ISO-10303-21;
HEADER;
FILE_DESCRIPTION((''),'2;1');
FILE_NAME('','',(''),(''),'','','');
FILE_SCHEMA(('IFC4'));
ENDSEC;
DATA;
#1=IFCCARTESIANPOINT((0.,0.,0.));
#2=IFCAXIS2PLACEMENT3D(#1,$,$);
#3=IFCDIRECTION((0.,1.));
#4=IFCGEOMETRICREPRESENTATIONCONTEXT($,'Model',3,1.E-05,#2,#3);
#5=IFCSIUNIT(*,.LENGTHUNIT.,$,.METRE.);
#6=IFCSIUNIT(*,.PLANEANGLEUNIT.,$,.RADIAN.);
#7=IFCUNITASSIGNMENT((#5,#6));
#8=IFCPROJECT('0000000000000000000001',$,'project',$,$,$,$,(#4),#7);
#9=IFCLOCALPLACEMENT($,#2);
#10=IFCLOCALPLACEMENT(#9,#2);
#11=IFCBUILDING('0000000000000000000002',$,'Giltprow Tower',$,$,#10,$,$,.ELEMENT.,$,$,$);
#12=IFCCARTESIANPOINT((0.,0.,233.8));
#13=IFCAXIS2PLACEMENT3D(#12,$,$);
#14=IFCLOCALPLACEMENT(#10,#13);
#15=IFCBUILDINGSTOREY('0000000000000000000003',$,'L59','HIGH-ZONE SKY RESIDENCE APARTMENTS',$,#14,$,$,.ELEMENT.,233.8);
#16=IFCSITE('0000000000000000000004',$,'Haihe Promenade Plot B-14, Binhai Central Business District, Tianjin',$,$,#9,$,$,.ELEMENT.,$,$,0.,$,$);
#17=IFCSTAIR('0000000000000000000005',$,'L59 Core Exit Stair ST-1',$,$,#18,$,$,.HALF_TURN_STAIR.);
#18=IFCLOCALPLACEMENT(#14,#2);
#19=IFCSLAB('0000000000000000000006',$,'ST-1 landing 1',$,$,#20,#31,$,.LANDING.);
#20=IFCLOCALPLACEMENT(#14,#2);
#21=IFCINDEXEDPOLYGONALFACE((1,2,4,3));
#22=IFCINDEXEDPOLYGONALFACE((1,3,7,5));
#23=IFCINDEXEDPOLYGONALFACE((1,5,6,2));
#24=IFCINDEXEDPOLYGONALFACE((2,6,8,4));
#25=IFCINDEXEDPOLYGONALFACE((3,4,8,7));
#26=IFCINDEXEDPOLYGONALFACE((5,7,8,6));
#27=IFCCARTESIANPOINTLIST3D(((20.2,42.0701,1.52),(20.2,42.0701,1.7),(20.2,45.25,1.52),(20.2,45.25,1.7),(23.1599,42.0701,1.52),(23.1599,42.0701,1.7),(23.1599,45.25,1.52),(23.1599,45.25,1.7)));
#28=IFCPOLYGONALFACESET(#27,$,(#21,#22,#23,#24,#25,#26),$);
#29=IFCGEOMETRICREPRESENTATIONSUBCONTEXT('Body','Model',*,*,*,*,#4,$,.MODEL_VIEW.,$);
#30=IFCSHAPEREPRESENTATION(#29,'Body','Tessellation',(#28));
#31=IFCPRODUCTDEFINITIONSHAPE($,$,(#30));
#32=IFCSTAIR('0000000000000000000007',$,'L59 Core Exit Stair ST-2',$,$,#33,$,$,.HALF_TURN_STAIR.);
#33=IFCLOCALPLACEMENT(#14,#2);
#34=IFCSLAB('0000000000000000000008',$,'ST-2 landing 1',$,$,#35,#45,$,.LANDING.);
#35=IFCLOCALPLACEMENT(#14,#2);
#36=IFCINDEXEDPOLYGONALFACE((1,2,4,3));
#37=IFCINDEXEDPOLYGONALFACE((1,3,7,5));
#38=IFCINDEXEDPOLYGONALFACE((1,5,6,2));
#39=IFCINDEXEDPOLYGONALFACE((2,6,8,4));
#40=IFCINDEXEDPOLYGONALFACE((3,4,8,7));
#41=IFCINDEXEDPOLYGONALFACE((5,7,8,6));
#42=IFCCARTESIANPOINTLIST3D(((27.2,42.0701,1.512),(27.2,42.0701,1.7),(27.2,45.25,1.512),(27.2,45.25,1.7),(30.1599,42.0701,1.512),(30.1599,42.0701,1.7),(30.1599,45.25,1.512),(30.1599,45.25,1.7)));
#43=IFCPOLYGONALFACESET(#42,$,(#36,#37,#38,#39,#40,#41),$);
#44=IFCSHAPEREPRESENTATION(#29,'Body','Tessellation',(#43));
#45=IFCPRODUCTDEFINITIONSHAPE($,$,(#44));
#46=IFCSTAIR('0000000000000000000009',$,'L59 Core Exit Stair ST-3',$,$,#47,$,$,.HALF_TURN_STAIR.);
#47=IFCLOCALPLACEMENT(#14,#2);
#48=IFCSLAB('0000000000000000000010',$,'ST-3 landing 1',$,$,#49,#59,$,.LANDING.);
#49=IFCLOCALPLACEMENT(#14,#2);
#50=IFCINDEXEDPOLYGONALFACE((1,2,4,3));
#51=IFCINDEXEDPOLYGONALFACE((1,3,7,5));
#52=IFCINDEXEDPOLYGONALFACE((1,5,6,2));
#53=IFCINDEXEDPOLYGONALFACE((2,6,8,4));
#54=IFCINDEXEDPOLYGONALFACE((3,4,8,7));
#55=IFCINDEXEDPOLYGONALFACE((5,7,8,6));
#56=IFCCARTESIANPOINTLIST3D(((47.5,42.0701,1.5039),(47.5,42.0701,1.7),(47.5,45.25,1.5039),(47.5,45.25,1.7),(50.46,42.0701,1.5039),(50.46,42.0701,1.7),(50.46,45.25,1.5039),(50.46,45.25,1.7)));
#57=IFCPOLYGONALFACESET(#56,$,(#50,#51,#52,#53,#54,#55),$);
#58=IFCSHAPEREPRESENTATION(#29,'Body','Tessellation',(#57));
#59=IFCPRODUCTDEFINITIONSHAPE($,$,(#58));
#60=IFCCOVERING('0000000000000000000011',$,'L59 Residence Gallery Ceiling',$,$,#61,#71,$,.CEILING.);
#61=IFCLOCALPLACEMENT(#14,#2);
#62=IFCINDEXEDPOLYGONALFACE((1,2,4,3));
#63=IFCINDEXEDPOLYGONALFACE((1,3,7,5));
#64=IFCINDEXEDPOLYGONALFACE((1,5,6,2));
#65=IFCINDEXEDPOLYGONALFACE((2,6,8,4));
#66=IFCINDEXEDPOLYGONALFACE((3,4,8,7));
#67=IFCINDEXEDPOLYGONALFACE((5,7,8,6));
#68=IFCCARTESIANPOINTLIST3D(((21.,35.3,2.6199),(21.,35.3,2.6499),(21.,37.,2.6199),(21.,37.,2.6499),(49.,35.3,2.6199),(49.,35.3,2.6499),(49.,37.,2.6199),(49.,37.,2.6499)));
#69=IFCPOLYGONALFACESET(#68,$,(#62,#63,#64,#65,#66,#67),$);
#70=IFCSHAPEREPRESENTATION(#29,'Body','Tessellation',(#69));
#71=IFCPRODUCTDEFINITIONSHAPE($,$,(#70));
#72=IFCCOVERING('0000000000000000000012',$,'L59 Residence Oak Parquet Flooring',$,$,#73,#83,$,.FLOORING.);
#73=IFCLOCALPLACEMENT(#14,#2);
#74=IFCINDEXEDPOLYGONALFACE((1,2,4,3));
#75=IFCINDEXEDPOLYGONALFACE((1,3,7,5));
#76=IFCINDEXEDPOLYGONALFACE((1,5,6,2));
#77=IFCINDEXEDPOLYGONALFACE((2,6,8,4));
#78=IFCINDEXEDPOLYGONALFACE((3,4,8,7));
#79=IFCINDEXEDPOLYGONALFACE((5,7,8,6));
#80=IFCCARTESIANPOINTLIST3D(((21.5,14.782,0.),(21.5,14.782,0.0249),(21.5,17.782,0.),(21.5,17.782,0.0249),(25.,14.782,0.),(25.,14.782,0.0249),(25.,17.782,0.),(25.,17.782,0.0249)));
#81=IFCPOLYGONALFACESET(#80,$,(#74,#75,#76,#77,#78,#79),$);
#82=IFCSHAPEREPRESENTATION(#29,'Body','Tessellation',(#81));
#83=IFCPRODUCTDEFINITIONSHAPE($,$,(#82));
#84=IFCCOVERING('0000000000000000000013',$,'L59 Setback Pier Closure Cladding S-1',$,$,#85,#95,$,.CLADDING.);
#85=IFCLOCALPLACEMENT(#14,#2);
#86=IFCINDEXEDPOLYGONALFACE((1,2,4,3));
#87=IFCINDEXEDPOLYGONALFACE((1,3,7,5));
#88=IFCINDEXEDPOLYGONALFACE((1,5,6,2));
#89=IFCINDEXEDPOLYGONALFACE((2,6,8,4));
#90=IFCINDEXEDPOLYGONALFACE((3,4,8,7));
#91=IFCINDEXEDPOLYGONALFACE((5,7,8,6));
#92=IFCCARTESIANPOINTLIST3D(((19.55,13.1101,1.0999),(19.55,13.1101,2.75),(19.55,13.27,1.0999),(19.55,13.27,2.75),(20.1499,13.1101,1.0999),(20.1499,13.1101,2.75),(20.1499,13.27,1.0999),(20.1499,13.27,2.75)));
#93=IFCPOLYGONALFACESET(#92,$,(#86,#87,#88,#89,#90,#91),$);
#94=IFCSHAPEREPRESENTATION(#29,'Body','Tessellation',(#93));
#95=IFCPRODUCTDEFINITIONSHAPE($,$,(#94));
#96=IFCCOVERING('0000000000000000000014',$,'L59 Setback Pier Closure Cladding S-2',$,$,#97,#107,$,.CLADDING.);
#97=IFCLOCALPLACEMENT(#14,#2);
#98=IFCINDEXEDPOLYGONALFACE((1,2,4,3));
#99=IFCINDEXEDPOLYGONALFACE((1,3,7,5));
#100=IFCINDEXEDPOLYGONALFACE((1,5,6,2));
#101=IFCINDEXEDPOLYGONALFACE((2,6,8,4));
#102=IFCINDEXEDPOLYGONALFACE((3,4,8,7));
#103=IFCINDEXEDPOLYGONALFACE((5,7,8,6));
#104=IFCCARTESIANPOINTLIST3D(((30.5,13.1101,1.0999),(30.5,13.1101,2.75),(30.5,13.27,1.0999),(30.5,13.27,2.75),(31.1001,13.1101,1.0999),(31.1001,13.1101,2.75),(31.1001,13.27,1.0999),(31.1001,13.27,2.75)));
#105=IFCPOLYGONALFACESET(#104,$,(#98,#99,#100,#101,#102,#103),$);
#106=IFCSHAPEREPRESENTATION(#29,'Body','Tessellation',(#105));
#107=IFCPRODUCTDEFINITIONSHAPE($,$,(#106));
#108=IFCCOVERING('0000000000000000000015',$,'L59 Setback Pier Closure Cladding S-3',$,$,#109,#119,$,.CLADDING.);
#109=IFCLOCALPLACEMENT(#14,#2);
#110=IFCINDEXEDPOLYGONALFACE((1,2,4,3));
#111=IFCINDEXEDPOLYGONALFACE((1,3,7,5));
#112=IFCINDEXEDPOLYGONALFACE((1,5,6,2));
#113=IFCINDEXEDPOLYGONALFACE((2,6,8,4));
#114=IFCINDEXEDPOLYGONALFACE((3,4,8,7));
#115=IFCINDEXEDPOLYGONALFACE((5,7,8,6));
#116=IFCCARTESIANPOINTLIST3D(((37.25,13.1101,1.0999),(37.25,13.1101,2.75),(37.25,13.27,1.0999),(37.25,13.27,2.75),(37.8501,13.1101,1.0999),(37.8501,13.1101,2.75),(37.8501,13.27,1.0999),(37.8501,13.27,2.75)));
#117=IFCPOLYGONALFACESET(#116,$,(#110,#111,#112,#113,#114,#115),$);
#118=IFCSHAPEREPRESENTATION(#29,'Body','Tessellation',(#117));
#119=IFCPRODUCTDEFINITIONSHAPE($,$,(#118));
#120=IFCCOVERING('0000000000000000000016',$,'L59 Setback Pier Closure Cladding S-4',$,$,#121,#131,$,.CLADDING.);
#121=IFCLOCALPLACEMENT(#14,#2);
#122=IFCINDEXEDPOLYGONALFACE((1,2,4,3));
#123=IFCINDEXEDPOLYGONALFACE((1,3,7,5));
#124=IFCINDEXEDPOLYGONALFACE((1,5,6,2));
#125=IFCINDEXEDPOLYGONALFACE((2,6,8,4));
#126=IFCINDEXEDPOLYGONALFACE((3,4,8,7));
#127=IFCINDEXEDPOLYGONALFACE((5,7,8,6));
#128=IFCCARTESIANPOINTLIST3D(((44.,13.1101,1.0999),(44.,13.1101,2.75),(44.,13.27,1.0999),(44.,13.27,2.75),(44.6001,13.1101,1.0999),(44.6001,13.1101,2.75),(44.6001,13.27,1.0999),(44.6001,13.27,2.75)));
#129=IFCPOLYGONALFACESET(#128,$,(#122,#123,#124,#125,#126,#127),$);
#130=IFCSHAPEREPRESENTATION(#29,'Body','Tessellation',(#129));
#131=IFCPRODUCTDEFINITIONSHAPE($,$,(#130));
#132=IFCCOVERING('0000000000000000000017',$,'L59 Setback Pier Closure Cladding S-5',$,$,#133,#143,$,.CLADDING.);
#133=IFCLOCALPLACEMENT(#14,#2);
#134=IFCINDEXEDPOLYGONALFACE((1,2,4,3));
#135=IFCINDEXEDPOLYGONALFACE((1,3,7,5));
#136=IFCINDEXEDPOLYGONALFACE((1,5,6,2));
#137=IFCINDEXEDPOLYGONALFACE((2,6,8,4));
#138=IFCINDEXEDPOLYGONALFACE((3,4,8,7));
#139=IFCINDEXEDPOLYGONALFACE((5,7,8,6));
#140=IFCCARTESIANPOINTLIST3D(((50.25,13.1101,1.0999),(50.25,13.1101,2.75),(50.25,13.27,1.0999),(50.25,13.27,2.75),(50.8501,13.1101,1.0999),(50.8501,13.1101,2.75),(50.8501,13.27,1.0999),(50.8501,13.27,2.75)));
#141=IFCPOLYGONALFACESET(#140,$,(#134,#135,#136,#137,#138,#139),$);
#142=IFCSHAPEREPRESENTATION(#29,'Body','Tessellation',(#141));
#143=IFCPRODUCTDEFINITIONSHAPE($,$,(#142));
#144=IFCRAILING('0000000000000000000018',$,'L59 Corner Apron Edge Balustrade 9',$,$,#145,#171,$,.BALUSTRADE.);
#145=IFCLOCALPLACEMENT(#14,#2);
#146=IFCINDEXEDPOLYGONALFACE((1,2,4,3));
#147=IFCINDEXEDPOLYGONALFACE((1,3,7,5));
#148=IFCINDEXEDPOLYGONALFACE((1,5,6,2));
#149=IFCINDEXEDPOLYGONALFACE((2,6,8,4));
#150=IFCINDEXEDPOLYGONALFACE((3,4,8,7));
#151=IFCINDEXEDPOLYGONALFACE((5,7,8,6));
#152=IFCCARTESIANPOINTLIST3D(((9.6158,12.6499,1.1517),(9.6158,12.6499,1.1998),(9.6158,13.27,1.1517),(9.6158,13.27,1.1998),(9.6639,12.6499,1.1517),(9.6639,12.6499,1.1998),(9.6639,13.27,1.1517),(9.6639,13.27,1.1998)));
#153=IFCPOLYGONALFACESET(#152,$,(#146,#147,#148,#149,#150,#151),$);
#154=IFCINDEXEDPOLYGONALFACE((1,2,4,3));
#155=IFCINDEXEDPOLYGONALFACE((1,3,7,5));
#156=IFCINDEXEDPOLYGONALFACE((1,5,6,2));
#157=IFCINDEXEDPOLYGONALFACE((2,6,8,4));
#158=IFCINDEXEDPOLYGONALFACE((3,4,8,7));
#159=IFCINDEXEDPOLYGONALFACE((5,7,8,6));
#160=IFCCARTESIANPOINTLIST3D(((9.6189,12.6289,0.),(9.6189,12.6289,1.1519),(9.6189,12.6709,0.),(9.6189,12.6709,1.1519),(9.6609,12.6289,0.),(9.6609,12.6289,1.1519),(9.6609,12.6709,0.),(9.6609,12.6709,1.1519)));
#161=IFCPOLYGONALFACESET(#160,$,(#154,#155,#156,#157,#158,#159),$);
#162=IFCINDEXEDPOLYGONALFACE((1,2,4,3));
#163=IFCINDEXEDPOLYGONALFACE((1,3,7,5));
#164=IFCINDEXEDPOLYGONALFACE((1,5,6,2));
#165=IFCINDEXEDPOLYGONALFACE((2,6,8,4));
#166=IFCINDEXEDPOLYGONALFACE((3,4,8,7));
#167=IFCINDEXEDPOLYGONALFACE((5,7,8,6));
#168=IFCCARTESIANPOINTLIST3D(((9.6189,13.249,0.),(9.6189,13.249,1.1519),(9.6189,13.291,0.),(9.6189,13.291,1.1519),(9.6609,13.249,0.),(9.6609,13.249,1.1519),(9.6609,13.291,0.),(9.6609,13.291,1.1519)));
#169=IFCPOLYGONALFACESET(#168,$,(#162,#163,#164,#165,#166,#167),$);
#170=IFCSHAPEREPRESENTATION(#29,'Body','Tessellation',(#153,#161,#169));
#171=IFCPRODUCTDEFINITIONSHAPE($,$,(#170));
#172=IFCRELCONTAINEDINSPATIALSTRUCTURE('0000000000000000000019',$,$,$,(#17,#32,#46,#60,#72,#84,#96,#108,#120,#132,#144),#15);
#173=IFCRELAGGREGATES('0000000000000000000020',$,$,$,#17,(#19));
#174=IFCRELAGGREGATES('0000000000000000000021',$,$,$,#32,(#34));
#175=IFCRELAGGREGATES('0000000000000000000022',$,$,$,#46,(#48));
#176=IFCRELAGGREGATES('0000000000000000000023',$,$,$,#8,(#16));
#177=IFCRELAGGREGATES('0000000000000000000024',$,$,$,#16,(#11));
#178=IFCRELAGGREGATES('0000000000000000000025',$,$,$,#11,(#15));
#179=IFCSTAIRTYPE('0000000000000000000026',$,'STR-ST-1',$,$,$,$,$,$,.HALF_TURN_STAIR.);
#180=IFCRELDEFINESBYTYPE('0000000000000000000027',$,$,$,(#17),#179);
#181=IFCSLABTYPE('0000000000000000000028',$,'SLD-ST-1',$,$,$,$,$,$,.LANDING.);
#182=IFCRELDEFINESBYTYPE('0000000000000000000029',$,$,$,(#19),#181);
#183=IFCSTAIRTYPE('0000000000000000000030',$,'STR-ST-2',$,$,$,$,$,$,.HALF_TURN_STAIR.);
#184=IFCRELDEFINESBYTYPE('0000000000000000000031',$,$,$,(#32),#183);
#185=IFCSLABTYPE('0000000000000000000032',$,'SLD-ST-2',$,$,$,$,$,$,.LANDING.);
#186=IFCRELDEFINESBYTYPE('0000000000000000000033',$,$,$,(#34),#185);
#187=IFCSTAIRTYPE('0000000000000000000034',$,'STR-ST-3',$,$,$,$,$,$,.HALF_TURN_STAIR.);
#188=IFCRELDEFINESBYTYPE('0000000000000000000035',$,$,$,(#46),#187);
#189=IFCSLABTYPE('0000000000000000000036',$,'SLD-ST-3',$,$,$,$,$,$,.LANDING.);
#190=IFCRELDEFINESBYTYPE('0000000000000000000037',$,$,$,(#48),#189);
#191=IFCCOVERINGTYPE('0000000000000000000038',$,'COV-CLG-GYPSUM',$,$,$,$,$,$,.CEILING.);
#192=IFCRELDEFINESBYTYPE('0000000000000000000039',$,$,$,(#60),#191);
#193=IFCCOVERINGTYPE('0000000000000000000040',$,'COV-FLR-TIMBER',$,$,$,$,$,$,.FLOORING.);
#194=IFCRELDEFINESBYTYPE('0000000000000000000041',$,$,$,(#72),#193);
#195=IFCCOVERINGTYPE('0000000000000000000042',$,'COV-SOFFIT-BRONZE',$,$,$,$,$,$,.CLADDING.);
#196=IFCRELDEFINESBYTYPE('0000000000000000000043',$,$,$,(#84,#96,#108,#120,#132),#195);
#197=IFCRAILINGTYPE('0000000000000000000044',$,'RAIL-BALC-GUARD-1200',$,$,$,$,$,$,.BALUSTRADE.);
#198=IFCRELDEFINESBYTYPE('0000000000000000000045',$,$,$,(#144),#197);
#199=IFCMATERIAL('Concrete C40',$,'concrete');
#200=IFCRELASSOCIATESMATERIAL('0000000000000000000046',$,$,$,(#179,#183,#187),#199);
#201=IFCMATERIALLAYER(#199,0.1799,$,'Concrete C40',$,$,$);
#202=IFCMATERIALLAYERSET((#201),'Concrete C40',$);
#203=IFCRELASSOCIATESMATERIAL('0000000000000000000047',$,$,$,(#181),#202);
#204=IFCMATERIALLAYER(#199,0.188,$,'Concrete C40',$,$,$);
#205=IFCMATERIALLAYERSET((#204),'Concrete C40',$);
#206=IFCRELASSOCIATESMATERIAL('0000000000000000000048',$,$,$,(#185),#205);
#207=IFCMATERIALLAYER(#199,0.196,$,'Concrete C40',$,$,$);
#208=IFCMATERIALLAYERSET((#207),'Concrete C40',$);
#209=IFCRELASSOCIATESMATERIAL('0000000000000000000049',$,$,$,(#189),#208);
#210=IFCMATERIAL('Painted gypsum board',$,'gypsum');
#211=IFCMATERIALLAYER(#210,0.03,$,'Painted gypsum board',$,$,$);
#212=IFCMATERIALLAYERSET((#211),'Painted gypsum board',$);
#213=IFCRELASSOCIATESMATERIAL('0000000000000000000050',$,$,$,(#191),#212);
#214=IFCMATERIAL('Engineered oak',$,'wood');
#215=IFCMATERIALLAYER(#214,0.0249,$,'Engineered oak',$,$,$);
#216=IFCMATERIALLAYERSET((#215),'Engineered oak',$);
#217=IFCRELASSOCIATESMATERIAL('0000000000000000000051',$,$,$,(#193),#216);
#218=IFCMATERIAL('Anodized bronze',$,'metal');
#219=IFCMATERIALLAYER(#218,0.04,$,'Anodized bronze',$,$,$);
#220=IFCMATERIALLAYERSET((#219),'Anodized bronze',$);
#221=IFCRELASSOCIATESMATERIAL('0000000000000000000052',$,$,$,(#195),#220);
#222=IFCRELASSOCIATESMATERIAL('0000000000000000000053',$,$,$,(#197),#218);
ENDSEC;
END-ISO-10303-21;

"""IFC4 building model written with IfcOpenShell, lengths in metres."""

from ifc_helpers import new_model, si_unit, direction, frame, origin, origin_2d, place, context, subcontext, project, spatial, polyline, rectangle, outline, extrude, material, layer, layer_set, type_object, element, aggregate, save


model = new_model("IFC4")

# Units and contexts
model_context = context("Model", 3, precision=1e-05, world=origin(), true_north=direction((0.0, 1.0)))
body_context = subcontext(model_context, "Body", "Model", "MODEL_VIEW")
ifc_project = project(units=[si_unit("LENGTHUNIT", "METRE"), si_unit("PLANEANGLEUNIT", "RADIAN")], contexts=[model_context])

# Site, building, storey
site_placement = place(None, origin())
site = spatial("IfcSite", under=ifc_project, at=site_placement, Name="Haihe Promenade Plot B-14, Binhai Central Business District, Tianjin", CompositionType="ELEMENT", RefElevation=0.0)
building_placement = place(site_placement, origin())
building = spatial("IfcBuilding", under=site, at=building_placement, Name="Giltprow Tower", CompositionType="ELEMENT")
storey_placement = place(building_placement, frame((0.0, 0.0, 233.8)))
storey = spatial("IfcBuildingStorey", under=building, at=storey_placement, Name="L59", Description="HIGH-ZONE SKY RESIDENCE APARTMENTS", CompositionType="ELEMENT", Elevation=233.8)

# Shared definitions
ifc_material_1 = material(Name="Anodized bronze", Category="metal")

# Shared definitions
ifc_material_2 = material(Name="Concrete C40", Category="concrete")

# Stairs, slabs
stair_type_1 = type_object("IfcStairType", Name="STR-ST-1", PredefinedType="HALF_TURN_STAIR", material=ifc_material_2)
stair_1_placement = place(storey_placement, origin())
stair_1 = element("IfcStair", 1, at=stair_1_placement, inside=storey, type_object=stair_type_1, Name="L59 Core Exit Stair ST-1", PredefinedType="HALF_TURN_STAIR")
ifc_layer_1 = layer(ifc_material_2, 0.1799, Name="Concrete C40")
ifc_layer_set_1 = layer_set([ifc_layer_1], Name="Concrete C40")
slab_type_1 = type_object("IfcSlabType", Name="SLD-ST-1", PredefinedType="LANDING", material=ifc_layer_set_1)
slab_1_placement = place(storey_placement, frame((0.0, 0.0, 1.52)))
slab_1 = element("IfcSlab", 2, at=slab_1_placement, type_object=slab_type_1, Name="ST-1 landing 1", PredefinedType="LANDING", context=body_context, shape_type="SweptSolid", body=[
    extrude(outline(polyline([(23.1599, 42.0701), (23.1599, 45.25), (20.2, 45.25), (20.2, 42.0701), (23.1599, 42.0701)])), origin(), (0.0, 0.0, 1.0), 0.1799),
])
aggregate(stair_1, [slab_1])
stair_type_2 = type_object("IfcStairType", Name="STR-ST-2", PredefinedType="HALF_TURN_STAIR", material=ifc_material_2)
stair_2_placement = place(storey_placement, origin())
stair_2 = element("IfcStair", 3, at=stair_2_placement, inside=storey, type_object=stair_type_2, Name="L59 Core Exit Stair ST-2", PredefinedType="HALF_TURN_STAIR")
ifc_layer_2 = layer(ifc_material_2, 0.188, Name="Concrete C40")
ifc_layer_set_2 = layer_set([ifc_layer_2], Name="Concrete C40")
slab_type_2 = type_object("IfcSlabType", Name="SLD-ST-2", PredefinedType="LANDING", material=ifc_layer_set_2)
slab_2_placement = place(storey_placement, frame((0.0, 0.0, 1.512)))
slab_2 = element("IfcSlab", 4, at=slab_2_placement, type_object=slab_type_2, Name="ST-2 landing 1", PredefinedType="LANDING", context=body_context, shape_type="SweptSolid", body=[
    extrude(outline(polyline([(30.1599, 42.0701), (30.1599, 45.25), (27.2, 45.25), (27.2, 42.0701), (30.1599, 42.0701)])), origin(), (0.0, 0.0, 1.0), 0.188),
])
aggregate(stair_2, [slab_2])
stair_type_3 = type_object("IfcStairType", Name="STR-ST-3", PredefinedType="HALF_TURN_STAIR", material=ifc_material_2)
stair_3_placement = place(storey_placement, origin())
stair_3 = element("IfcStair", 5, at=stair_3_placement, inside=storey, type_object=stair_type_3, Name="L59 Core Exit Stair ST-3", PredefinedType="HALF_TURN_STAIR")
ifc_layer_3 = layer(ifc_material_2, 0.196, Name="Concrete C40")
ifc_layer_set_3 = layer_set([ifc_layer_3], Name="Concrete C40")
slab_type_3 = type_object("IfcSlabType", Name="SLD-ST-3", PredefinedType="LANDING", material=ifc_layer_set_3)
slab_3_placement = place(storey_placement, frame((0.0, 0.0, 1.5039)))
slab_3 = element("IfcSlab", 6, at=slab_3_placement, type_object=slab_type_3, Name="ST-3 landing 1", PredefinedType="LANDING", context=body_context, shape_type="SweptSolid", body=[
    extrude(outline(polyline([(50.46, 42.0701), (50.46, 45.25), (47.5, 45.25), (47.5, 42.0701), (50.46, 42.0701)])), origin(), (0.0, 0.0, 1.0), 0.196),
])
aggregate(stair_3, [slab_3])

# Coverings
ifc_material_3 = material(Name="Painted gypsum board", Category="gypsum")
ifc_layer_4 = layer(ifc_material_3, 0.03, Name="Painted gypsum board")
ifc_layer_set_4 = layer_set([ifc_layer_4], Name="Painted gypsum board")
covering_type_1 = type_object("IfcCoveringType", Name="COV-CLG-GYPSUM", PredefinedType="CEILING", material=ifc_layer_set_4)
covering_1_placement = place(storey_placement, frame((0.0, 0.0, 2.6199)))
element("IfcCovering", 7, at=covering_1_placement, inside=storey, type_object=covering_type_1, Name="L59 Residence Gallery Ceiling", PredefinedType="CEILING", context=body_context, shape_type="SweptSolid", body=[
    extrude(outline(polyline([(21.0, 35.3), (49.0, 35.3), (49.0, 37.0), (21.0, 37.0), (21.0, 35.3)])), origin(), (0.0, 0.0, 1.0), 0.03),
])
ifc_material_4 = material(Name="Engineered oak", Category="wood")
ifc_layer_5 = layer(ifc_material_4, 0.0249, Name="Engineered oak")
ifc_layer_set_5 = layer_set([ifc_layer_5], Name="Engineered oak")
covering_type_2 = type_object("IfcCoveringType", Name="COV-FLR-TIMBER", PredefinedType="FLOORING", material=ifc_layer_set_5)
covering_2_placement = place(storey_placement, origin())
element("IfcCovering", 8, at=covering_2_placement, inside=storey, type_object=covering_type_2, Name="L59 Residence Oak Parquet Flooring", PredefinedType="FLOORING", context=body_context, shape_type="SweptSolid", body=[
    extrude(outline(polyline([(21.5, 14.782), (25.0, 14.782), (25.0, 17.782), (21.5, 17.782), (21.5, 14.782)])), origin(), (0.0, 0.0, 1.0), 0.0249),
])
ifc_layer_6 = layer(ifc_material_1, 0.04, Name="Anodized bronze")
ifc_layer_set_6 = layer_set([ifc_layer_6], Name="Anodized bronze")
covering_type_3 = type_object("IfcCoveringType", Name="COV-SOFFIT-BRONZE", PredefinedType="CLADDING", material=ifc_layer_set_6)
covering_3_placement = place(storey_placement, frame((0.0, 0.0, 1.0999)))
element("IfcCovering", 9, at=covering_3_placement, inside=storey, type_object=covering_type_3, Name="L59 Setback Pier Closure Cladding S-1", PredefinedType="CLADDING", context=body_context, shape_type="SweptSolid", body=[
    extrude(outline(polyline([(19.55, 13.1101), (20.1499, 13.1101), (20.1499, 13.27), (19.55, 13.27), (19.55, 13.1101)])), origin(), (0.0, 0.0, 1.0), 1.6501),
])
covering_4_placement = place(storey_placement, frame((0.0, 0.0, 1.0999)))
element("IfcCovering", 10, at=covering_4_placement, inside=storey, type_object=covering_type_3, Name="L59 Setback Pier Closure Cladding S-2", PredefinedType="CLADDING", context=body_context, shape_type="SweptSolid", body=[
    extrude(outline(polyline([(30.5, 13.1101), (31.1001, 13.1101), (31.1001, 13.27), (30.5, 13.27), (30.5, 13.1101)])), origin(), (0.0, 0.0, 1.0), 1.6501),
])
covering_5_placement = place(storey_placement, frame((0.0, 0.0, 1.0999)))
element("IfcCovering", 11, at=covering_5_placement, inside=storey, type_object=covering_type_3, Name="L59 Setback Pier Closure Cladding S-3", PredefinedType="CLADDING", context=body_context, shape_type="SweptSolid", body=[
    extrude(outline(polyline([(37.25, 13.1101), (37.8501, 13.1101), (37.8501, 13.27), (37.25, 13.27), (37.25, 13.1101)])), origin(), (0.0, 0.0, 1.0), 1.6501),
])
covering_6_placement = place(storey_placement, frame((0.0, 0.0, 1.0999)))
element("IfcCovering", 12, at=covering_6_placement, inside=storey, type_object=covering_type_3, Name="L59 Setback Pier Closure Cladding S-4", PredefinedType="CLADDING", context=body_context, shape_type="SweptSolid", body=[
    extrude(outline(polyline([(44.0, 13.1101), (44.6001, 13.1101), (44.6001, 13.27), (44.0, 13.27), (44.0, 13.1101)])), origin(), (0.0, 0.0, 1.0), 1.6501),
])
covering_7_placement = place(storey_placement, frame((0.0, 0.0, 1.0999)))
element("IfcCovering", 13, at=covering_7_placement, inside=storey, type_object=covering_type_3, Name="L59 Setback Pier Closure Cladding S-5", PredefinedType="CLADDING", context=body_context, shape_type="SweptSolid", body=[
    extrude(outline(polyline([(50.25, 13.1101), (50.8501, 13.1101), (50.8501, 13.27), (50.25, 13.27), (50.25, 13.1101)])), origin(), (0.0, 0.0, 1.0), 1.6501),
])

# Railing
railing_type = type_object("IfcRailingType", Name="RAIL-BALC-GUARD-1200", PredefinedType="BALUSTRADE", material=ifc_material_1)
railing_placement = place(storey_placement, frame((9.6399, 12.6499, 0.0)))
element("IfcRailing", 14, at=railing_placement, inside=storey, type_object=railing_type, Name="L59 Corner Apron Edge Balustrade 9", PredefinedType="BALUSTRADE", context=body_context, shape_type="SweptSolid", body=[
    extrude(rectangle(XDim=0.0481, YDim=0.0481, at=origin_2d()), frame((0.0, 0.0, 1.1758), z_axis=(0.0, 1.0, 0.0), x_axis=(-1.0, 0.0, 0.0)), (0.0, 0.0, 1.0), 0.6201),
    extrude(rectangle(XDim=0.042, YDim=0.042, at=origin_2d()), origin(), (0.0, 0.0, 1.0), 1.1519),
    extrude(rectangle(XDim=0.042, YDim=0.042, at=origin_2d()), frame((0.0, 0.6201, 0.0)), (0.0, 0.0, 1.0), 1.1519),
])

save(model, "model.ifc")
